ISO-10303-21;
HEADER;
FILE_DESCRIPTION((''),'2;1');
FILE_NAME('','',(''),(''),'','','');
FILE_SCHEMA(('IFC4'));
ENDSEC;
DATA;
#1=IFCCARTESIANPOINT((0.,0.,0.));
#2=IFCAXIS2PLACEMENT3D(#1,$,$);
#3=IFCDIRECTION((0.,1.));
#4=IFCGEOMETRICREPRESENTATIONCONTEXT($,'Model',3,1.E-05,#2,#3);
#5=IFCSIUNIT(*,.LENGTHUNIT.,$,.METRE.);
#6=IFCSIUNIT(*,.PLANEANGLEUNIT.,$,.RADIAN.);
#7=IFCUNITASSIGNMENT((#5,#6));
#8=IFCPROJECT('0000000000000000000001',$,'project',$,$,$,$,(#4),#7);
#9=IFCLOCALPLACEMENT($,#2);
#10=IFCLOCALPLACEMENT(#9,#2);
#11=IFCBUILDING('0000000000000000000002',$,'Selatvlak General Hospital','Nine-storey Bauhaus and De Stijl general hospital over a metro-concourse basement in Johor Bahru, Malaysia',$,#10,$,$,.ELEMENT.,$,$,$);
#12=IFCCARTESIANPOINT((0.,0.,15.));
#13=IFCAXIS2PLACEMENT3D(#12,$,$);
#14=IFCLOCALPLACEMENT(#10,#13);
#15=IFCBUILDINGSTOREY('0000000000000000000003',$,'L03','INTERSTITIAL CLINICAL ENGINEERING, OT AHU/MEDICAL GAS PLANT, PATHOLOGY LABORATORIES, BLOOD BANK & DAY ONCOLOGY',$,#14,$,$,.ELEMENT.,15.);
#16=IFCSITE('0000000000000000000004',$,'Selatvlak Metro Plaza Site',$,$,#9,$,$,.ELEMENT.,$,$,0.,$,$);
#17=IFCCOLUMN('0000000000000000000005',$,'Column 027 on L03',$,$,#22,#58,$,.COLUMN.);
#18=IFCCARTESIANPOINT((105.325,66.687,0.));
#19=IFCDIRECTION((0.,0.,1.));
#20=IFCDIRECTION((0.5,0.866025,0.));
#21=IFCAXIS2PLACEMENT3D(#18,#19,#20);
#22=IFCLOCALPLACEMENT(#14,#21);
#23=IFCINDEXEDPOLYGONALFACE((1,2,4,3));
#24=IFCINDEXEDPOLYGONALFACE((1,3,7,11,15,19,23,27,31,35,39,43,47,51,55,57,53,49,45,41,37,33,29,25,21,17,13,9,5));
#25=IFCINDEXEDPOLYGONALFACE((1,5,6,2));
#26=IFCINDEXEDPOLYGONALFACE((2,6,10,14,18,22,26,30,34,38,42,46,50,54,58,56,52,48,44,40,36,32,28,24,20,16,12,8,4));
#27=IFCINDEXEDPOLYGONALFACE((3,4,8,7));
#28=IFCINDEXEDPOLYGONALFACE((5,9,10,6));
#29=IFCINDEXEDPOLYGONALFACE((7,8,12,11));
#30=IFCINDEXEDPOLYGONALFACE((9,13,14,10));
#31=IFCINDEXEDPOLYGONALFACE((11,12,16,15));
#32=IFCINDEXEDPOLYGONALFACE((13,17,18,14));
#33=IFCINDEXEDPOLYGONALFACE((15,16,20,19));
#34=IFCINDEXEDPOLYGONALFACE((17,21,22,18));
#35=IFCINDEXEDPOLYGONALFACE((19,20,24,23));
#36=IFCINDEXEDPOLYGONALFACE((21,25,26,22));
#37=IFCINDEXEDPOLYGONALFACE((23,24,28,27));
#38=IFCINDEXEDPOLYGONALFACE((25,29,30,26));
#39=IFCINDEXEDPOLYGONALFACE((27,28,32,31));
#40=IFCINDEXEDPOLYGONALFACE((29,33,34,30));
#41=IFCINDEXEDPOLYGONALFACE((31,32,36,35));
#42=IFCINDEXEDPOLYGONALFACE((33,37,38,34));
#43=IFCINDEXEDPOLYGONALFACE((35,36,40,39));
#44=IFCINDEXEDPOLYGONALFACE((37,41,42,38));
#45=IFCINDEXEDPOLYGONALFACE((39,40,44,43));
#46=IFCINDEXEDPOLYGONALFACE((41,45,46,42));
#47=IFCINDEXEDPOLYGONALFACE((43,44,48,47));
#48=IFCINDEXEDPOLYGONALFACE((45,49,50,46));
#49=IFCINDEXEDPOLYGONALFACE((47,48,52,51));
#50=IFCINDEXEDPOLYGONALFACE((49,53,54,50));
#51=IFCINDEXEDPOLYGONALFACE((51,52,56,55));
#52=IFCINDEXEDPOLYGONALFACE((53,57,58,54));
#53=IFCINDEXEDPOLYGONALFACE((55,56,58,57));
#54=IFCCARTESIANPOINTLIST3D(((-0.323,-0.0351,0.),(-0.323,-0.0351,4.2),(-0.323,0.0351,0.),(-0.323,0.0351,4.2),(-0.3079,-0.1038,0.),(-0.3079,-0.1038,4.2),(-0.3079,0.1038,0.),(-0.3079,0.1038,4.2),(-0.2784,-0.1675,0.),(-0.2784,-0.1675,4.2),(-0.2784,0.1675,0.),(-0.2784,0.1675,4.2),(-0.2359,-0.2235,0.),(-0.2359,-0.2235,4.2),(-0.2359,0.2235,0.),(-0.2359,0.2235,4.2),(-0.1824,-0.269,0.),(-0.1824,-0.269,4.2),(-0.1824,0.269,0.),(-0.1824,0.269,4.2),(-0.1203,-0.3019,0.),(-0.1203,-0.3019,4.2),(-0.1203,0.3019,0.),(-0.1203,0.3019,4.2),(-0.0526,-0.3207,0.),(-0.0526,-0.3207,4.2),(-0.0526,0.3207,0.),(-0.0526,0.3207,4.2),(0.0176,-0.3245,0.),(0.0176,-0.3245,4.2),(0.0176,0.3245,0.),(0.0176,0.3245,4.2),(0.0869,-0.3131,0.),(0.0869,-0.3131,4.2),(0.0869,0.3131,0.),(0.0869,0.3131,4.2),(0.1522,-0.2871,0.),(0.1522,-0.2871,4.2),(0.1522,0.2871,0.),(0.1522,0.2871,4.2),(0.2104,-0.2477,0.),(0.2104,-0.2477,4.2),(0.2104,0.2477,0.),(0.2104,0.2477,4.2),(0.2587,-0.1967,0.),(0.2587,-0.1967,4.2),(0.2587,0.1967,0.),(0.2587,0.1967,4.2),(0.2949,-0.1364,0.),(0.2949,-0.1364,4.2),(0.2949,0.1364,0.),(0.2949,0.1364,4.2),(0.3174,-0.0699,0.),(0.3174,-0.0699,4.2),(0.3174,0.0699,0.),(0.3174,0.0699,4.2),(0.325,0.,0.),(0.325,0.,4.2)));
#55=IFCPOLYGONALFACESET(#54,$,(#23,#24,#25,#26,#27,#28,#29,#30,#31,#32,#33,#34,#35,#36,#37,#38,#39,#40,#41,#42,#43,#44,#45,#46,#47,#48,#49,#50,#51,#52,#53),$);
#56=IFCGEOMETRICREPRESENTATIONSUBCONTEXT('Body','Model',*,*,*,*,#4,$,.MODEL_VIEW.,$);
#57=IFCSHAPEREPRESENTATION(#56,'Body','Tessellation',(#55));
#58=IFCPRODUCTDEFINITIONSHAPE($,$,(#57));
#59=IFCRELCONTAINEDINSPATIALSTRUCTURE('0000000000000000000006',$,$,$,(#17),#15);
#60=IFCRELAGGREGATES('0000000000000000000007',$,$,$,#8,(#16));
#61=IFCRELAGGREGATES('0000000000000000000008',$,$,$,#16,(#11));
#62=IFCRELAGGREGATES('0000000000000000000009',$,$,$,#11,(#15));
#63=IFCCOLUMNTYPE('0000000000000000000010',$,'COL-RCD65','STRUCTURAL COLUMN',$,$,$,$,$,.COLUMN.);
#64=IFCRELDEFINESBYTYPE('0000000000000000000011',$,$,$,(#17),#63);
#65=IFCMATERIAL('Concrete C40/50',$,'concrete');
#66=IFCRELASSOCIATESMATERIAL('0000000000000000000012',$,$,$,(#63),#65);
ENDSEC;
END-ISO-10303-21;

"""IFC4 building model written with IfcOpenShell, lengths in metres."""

from ifc_helpers import new_model, si_unit, direction, frame, origin, origin_2d, place, context, subcontext, project, spatial, circle, extrude, material, material_profile, profile_set, type_object, element, save


model = new_model("IFC4")

# Units and contexts
model_context = context("Model", 3, precision=1e-05, world=origin(), true_north=direction((0.0, 1.0)))
body_context = subcontext(model_context, "Body", "Model", "MODEL_VIEW")
ifc_project = project(units=[si_unit("LENGTHUNIT", "METRE"), si_unit("PLANEANGLEUNIT", "RADIAN")], contexts=[model_context])

# Site, building, storey
site_placement = place(None, origin())
site = spatial("IfcSite", under=ifc_project, at=site_placement, Name="Selatvlak Metro Plaza Site", CompositionType="ELEMENT", RefElevation=0.0)
building_placement = place(site_placement, origin())
building = spatial("IfcBuilding", under=site, at=building_placement, Name="Selatvlak General Hospital", Description="Nine-storey Bauhaus and De Stijl general hospital over a metro-concourse basement in Johor Bahru, Malaysia", CompositionType="ELEMENT")
storey_placement = place(building_placement, frame((0.0, 0.0, 15.0)))
storey = spatial("IfcBuildingStorey", under=building, at=storey_placement, Name="L03", Description="INTERSTITIAL CLINICAL ENGINEERING, OT AHU/MEDICAL GAS PLANT, PATHOLOGY LABORATORIES, BLOOD BANK & DAY ONCOLOGY", CompositionType="ELEMENT", Elevation=15.0)

# Column
ifc_material_1 = material(Name="Concrete C40/50", Category="concrete")
ifc_material_profile_1 = material_profile(ifc_material_1, circle(Radius=0.325, at=origin_2d()), Name="RC-COL D650")
ifc_profile_set_1 = profile_set([ifc_material_profile_1], Name="Concrete C40/50")
column_type_1 = type_object("IfcColumnType", Name="COL-RCD65", Description="STRUCTURAL COLUMN", PredefinedType="COLUMN", material=ifc_profile_set_1)
column_1_placement = place(storey_placement, frame((105.325, 66.687, 0.0), z_axis=(0.0, 0.0, 1.0), x_axis=(0.5, 0.866025, 0.0)))
element("IfcColumn", 1, at=column_1_placement, inside=storey, type_object=column_type_1, Name="Column 027 on L03", PredefinedType="COLUMN", context=body_context, shape_type="SweptSolid", body=[
    extrude(circle(Radius=0.325, at=origin_2d()), origin(), (0.0, 0.0, 1.0), 4.2),
])

save(model, "model.ifc")
